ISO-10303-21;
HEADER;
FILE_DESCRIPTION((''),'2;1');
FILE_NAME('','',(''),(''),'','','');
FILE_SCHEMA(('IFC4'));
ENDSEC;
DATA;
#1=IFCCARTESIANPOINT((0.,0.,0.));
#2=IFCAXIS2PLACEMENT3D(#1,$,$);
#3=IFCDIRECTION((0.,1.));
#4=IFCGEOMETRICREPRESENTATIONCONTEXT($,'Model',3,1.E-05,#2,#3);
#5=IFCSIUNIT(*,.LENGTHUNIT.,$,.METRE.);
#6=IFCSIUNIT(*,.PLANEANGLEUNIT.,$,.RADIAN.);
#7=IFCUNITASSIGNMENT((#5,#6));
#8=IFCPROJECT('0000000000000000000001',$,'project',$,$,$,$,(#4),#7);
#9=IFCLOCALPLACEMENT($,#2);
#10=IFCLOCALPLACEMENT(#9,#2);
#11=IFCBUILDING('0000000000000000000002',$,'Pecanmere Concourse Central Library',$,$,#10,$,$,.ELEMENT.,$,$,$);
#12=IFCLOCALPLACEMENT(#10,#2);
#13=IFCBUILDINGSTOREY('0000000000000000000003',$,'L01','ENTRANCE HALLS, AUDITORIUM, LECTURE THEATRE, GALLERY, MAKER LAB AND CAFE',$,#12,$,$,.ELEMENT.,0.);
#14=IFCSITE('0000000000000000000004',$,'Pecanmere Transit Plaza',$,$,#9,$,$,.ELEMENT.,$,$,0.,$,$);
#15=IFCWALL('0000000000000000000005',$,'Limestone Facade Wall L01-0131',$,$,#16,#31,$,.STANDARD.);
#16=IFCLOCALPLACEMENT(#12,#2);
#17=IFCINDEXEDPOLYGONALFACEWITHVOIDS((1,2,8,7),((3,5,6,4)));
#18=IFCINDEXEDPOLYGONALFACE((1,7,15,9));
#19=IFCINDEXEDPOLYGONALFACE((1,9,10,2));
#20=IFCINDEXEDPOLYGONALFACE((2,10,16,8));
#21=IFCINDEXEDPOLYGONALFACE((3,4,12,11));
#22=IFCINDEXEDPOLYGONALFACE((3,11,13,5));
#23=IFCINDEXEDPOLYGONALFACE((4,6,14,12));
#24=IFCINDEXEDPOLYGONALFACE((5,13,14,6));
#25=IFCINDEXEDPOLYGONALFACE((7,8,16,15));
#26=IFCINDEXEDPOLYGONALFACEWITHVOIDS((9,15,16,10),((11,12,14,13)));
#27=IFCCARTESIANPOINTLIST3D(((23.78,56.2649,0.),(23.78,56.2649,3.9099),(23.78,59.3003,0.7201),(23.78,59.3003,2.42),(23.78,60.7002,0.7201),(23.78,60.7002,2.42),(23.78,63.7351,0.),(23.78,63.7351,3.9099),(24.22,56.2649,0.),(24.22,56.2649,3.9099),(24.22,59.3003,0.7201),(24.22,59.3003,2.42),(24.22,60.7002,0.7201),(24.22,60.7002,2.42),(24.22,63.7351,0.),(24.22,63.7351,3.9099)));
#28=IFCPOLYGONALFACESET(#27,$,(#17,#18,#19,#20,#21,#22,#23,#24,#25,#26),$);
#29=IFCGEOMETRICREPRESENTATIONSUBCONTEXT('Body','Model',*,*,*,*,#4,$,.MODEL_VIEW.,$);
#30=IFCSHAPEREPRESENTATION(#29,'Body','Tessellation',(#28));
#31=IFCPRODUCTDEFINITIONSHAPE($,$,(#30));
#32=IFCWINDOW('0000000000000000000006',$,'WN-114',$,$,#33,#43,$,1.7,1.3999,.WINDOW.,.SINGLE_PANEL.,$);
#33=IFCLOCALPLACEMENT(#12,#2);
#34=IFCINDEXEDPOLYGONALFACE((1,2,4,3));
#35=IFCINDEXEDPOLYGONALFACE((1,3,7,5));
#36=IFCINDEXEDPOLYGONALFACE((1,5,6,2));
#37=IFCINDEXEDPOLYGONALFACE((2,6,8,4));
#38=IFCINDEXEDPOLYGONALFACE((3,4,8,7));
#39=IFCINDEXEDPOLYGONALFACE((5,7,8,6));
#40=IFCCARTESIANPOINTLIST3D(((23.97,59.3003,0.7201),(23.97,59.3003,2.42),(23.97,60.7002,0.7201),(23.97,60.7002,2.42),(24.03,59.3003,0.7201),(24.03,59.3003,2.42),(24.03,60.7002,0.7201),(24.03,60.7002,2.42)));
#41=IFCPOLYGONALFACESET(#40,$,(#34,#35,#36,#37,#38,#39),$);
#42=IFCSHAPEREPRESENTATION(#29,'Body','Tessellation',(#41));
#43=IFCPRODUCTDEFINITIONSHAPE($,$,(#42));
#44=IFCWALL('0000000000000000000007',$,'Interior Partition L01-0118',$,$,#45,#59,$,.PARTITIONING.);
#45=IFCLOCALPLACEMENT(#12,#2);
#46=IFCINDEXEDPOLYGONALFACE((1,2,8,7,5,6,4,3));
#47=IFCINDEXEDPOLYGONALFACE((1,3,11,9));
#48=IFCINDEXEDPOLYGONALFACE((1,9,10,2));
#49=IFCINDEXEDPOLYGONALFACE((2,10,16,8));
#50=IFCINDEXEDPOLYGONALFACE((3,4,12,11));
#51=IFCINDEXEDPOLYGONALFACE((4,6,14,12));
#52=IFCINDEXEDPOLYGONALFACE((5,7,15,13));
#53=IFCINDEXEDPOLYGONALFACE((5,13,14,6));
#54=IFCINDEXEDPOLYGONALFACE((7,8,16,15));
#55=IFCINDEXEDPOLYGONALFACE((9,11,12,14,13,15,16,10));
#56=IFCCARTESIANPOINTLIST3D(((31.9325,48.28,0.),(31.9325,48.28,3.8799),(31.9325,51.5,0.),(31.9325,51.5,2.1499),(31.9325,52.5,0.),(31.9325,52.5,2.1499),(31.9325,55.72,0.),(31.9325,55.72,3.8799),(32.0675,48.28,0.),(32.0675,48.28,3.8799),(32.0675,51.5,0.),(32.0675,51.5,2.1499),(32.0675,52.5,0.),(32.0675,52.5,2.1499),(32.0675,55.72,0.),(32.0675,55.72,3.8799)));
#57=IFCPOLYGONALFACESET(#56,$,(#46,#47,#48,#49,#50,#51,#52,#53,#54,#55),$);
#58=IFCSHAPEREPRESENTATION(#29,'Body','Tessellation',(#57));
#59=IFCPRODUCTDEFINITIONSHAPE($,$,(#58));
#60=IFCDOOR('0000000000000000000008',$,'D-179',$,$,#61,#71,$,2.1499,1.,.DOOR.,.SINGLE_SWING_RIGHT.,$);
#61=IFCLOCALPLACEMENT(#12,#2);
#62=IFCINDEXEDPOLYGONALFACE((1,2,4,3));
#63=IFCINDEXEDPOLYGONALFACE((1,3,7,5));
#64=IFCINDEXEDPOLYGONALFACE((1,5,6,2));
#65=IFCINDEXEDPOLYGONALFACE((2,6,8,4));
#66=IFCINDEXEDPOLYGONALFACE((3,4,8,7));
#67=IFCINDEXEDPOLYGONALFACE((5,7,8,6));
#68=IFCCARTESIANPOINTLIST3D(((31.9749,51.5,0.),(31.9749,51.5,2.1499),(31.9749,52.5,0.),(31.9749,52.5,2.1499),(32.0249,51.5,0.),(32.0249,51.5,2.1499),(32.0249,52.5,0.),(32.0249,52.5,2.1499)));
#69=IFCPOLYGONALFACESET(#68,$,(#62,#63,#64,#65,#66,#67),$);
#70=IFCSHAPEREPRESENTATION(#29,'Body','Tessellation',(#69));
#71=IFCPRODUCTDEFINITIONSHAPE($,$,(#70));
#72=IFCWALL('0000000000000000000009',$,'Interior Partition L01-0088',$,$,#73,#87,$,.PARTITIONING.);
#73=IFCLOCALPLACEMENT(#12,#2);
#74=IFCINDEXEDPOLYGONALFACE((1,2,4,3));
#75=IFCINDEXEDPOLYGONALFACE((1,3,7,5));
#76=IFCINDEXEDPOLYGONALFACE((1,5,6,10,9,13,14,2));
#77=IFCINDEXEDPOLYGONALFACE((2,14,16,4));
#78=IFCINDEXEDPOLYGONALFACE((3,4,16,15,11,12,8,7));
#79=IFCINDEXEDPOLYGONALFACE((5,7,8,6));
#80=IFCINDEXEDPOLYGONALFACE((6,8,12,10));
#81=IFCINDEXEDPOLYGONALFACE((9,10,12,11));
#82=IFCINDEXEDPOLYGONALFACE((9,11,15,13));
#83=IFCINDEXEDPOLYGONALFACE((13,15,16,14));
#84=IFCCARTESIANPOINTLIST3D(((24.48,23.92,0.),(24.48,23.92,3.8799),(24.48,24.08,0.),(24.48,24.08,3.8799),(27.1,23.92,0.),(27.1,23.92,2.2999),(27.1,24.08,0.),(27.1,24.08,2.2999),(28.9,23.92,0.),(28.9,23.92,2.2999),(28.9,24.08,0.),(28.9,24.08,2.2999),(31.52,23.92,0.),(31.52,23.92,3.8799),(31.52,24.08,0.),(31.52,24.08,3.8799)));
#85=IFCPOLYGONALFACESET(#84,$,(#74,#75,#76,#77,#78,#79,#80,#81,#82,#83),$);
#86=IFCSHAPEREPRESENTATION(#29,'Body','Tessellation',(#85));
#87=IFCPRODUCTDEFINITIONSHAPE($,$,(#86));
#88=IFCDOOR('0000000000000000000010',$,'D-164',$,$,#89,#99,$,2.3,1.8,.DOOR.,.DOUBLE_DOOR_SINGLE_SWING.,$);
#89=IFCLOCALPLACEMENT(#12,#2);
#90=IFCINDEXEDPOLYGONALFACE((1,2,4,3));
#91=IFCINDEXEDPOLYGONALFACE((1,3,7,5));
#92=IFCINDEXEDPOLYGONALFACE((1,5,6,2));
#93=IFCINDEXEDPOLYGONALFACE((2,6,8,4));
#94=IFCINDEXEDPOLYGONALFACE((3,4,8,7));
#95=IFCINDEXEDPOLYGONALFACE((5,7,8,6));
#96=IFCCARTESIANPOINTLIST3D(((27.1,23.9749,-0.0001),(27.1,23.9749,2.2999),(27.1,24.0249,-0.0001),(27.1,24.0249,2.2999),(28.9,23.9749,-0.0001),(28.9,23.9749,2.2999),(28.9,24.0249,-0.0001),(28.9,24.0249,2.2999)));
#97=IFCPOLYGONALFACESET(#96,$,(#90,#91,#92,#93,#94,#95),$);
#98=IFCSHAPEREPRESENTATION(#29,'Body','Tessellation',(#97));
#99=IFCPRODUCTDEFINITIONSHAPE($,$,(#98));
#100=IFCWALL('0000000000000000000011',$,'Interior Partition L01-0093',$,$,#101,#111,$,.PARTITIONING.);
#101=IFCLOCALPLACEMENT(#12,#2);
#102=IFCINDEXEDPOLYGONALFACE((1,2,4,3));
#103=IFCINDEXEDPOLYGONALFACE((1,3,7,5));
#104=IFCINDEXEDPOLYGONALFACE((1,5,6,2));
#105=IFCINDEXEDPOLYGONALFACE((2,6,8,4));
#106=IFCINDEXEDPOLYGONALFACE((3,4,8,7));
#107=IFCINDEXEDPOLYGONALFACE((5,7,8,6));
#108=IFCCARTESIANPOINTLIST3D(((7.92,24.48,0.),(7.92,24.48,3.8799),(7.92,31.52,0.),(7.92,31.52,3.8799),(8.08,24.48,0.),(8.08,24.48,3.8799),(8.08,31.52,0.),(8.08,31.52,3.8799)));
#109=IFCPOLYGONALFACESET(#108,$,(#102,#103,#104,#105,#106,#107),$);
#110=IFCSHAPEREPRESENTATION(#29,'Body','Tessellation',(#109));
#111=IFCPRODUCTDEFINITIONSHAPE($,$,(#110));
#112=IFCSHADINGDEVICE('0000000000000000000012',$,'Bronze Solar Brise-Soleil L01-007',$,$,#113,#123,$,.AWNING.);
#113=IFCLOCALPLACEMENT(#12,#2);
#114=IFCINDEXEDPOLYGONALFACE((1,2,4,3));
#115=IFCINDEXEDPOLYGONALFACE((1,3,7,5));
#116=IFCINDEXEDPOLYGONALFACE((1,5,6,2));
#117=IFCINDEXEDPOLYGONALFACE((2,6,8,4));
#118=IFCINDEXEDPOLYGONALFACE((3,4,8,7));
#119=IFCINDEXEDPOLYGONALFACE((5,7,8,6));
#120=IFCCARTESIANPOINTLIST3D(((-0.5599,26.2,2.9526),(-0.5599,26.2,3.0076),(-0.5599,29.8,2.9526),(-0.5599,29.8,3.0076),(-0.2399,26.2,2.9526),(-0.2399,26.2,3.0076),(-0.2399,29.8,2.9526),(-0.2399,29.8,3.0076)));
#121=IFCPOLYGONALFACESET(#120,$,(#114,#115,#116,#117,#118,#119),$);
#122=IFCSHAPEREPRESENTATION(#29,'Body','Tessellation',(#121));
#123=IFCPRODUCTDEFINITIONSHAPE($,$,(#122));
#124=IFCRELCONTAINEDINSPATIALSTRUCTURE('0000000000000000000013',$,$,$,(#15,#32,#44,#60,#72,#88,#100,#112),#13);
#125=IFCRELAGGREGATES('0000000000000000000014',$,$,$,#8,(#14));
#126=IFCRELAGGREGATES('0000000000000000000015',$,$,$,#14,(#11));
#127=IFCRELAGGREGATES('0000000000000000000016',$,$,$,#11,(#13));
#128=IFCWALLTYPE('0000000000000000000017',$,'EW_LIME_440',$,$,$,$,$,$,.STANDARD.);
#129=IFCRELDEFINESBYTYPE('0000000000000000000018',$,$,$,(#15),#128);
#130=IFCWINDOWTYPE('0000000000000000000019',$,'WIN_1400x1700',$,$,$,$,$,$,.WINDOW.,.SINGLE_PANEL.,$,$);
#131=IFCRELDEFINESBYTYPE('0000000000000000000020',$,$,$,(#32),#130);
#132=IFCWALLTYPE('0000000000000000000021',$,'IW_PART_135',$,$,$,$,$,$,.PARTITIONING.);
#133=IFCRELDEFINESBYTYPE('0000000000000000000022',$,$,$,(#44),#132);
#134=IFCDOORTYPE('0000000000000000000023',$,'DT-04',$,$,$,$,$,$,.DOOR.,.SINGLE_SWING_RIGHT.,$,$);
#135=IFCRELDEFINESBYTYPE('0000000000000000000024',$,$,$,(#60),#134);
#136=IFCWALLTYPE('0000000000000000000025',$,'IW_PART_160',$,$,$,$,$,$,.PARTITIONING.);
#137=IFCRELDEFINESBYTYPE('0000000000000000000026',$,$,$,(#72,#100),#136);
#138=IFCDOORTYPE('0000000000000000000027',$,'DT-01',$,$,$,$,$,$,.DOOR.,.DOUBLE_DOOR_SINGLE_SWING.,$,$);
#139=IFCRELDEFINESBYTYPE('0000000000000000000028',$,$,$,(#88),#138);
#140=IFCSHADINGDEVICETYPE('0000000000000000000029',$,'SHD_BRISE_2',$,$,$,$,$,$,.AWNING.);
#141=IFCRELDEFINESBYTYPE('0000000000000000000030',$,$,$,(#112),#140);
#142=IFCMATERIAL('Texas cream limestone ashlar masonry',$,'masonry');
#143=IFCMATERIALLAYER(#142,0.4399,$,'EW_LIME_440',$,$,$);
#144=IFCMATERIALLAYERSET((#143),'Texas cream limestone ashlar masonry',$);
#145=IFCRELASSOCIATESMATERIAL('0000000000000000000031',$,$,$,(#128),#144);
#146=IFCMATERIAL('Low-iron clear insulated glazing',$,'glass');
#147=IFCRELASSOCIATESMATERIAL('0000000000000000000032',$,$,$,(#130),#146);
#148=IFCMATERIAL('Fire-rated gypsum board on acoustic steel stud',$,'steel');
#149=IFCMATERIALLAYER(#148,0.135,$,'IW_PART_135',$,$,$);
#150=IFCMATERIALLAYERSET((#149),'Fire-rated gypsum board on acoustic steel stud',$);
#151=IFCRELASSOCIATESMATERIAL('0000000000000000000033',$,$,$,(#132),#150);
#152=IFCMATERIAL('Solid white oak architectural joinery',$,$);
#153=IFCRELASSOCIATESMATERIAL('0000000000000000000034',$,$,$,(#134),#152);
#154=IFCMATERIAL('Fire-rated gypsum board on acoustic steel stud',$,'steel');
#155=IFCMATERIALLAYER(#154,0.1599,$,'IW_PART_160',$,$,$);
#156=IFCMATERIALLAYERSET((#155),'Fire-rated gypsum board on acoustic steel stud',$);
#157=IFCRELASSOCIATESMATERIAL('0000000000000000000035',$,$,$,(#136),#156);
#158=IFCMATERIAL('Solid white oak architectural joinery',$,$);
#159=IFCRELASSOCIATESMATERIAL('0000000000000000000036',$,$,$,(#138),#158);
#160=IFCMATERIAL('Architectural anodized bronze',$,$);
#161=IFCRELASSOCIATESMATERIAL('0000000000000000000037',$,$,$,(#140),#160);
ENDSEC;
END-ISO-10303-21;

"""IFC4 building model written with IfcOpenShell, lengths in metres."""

from ifc_helpers import new_model, si_unit, direction, frame, frame_2d, origin, origin_2d, place, context, subcontext, project, spatial, rectangle, extrude, material, layer, layer_set, type_object, element, fill, save


model = new_model("IFC4")

# Units and contexts
model_context = context("Model", 3, precision=1e-05, world=origin(), true_north=direction((0.0, 1.0)))
body_context = subcontext(model_context, "Body", "Model", "MODEL_VIEW")
ifc_project = project(units=[si_unit("LENGTHUNIT", "METRE"), si_unit("PLANEANGLEUNIT", "RADIAN")], contexts=[model_context])

# Site, building, storey
site_placement = place(None, origin())
site = spatial("IfcSite", under=ifc_project, at=site_placement, Name="Pecanmere Transit Plaza", CompositionType="ELEMENT", RefElevation=0.0)
building_placement = place(site_placement, origin())
building = spatial("IfcBuilding", under=site, at=building_placement, Name="Pecanmere Concourse Central Library", CompositionType="ELEMENT")
storey_placement = place(building_placement, origin())
storey = spatial("IfcBuildingStorey", under=building, at=storey_placement, Name="L01", Description="ENTRANCE HALLS, AUDITORIUM, LECTURE THEATRE, GALLERY, MAKER LAB AND CAFE", CompositionType="ELEMENT", Elevation=0.0)

# Shared definitions
ifc_material_1 = material(Name="Texas cream limestone ashlar masonry", Category="masonry")
ifc_layer_1 = layer(ifc_material_1, 0.4399, Name="EW_LIME_440")
ifc_layer_set_1 = layer_set([ifc_layer_1], Name="Texas cream limestone ashlar masonry")
wall_type_1 = type_object("IfcWallType", Name="EW_LIME_440", PredefinedType="STANDARD", material=ifc_layer_set_1)

# Wall, opening, window
wall_1_placement = place(storey_placement, frame((24.0, 63.7351, 0.0), z_axis=(0.0, 0.0, 1.0), x_axis=(0.0, -1.0, 0.0)))
wall_1 = element("IfcWall", 1, at=wall_1_placement, inside=storey, type_object=wall_type_1, Name="Limestone Facade Wall L01-0131", PredefinedType="STANDARD", context=body_context, shape_type="SweptSolid", body=[
    extrude(rectangle(XDim=7.4702, YDim=0.4399, at=frame_2d((3.7351, 0.0))), origin(), (0.0, 0.0, 1.0), 3.9099),
])
opening_1_placement = place(wall_1_placement, frame((3.0349, 0.0, 0.72)))
opening_1 = element("IfcOpeningElement", 2, at=opening_1_placement, cuts=wall_1, PredefinedType="OPENING", context=body_context, shape_type="SweptSolid", body=[
    extrude(rectangle(XDim=1.3999, YDim=1.7, at=frame_2d((0.7, 0.8501))), frame((0.0, 0.2319, 0.0), z_axis=(0.0, -1.0, 0.0), x_axis=(1.0, 0.0, 0.0)), (0.0, 0.0, 1.0), 0.4639),
])
ifc_material_2 = material(Name="Low-iron clear insulated glazing", Category="glass")
window_type_1 = type_object("IfcWindowType", Name="WIN_1400x1700", PartitioningType="SINGLE_PANEL", PredefinedType="WINDOW", material=ifc_material_2)
window_1_placement = place(opening_1_placement, origin())
window_1 = element("IfcWindow", 3, at=window_1_placement, inside=storey, type_object=window_type_1, Name="WN-114", OverallHeight=1.7, OverallWidth=1.3999, PartitioningType="SINGLE_PANEL", PredefinedType="WINDOW", context=body_context, shape_type="SweptSolid", body=[
    extrude(rectangle(XDim=1.3999, YDim=1.7, at=frame_2d((0.7, 0.8501))), frame((0.0, 0.03, 0.0), z_axis=(0.0, -1.0, 0.0), x_axis=(1.0, 0.0, 0.0)), (0.0, 0.0, 1.0), 0.0601),
])
fill(opening_1, window_1)

# Walls, openings, doors
ifc_material_3 = material(Name="Fire-rated gypsum board on acoustic steel stud", Category="steel")
ifc_layer_2 = layer(ifc_material_3, 0.135, Name="IW_PART_135")
ifc_layer_set_2 = layer_set([ifc_layer_2], Name="Fire-rated gypsum board on acoustic steel stud")
wall_type_2 = type_object("IfcWallType", Name="IW_PART_135", PredefinedType="PARTITIONING", material=ifc_layer_set_2)
wall_2_placement = place(storey_placement, frame((32.0, 48.28, 0.0), z_axis=(0.0, 0.0, 1.0), x_axis=(0.0, 1.0, 0.0)))
wall_2 = element("IfcWall", 4, at=wall_2_placement, inside=storey, type_object=wall_type_2, Name="Interior Partition L01-0118", PredefinedType="PARTITIONING", context=body_context, shape_type="SweptSolid", body=[
    extrude(rectangle(XDim=7.4399, YDim=0.135, at=frame_2d((3.72, 0.0))), origin(), (0.0, 0.0, 1.0), 3.8799),
])
opening_2_placement = place(wall_2_placement, frame((3.22, 0.0, 0.0)))
opening_2 = element("IfcOpeningElement", 5, at=opening_2_placement, cuts=wall_2, PredefinedType="OPENING", context=body_context, shape_type="SweptSolid", body=[
    extrude(rectangle(XDim=1.0, YDim=2.1499, at=frame_2d((0.5, 1.075))), frame((0.0, 0.0796, 0.0), z_axis=(0.0, -1.0, 0.0), x_axis=(1.0, 0.0, 0.0)), (0.0, 0.0, 1.0), 0.1589),
])
ifc_material_4 = material(Name="Solid white oak architectural joinery")
door_type_1 = type_object("IfcDoorType", Name="DT-04", OperationType="SINGLE_SWING_RIGHT", PredefinedType="DOOR", material=ifc_material_4)
door_1_placement = place(opening_2_placement, frame((1.0, 0.0, 0.0), z_axis=(0.0, 0.0, 1.0), x_axis=(-1.0, 0.0, 0.0)))
door_1 = element("IfcDoor", 6, at=door_1_placement, inside=storey, type_object=door_type_1, Name="D-179", OperationType="SINGLE_SWING_RIGHT", OverallHeight=2.1499, OverallWidth=1.0, PredefinedType="DOOR", context=body_context, shape_type="SweptSolid", body=[
    extrude(rectangle(XDim=1.0, YDim=2.1499, at=frame_2d((0.5, 1.075))), frame((0.0, 0.0249, 0.0), z_axis=(0.0, -1.0, 0.0), x_axis=(1.0, 0.0, 0.0)), (0.0, 0.0, 1.0), 0.05),
])
fill(opening_2, door_1)
ifc_material_5 = material(Name="Fire-rated gypsum board on acoustic steel stud", Category="steel")
ifc_layer_3 = layer(ifc_material_5, 0.1599, Name="IW_PART_160")
ifc_layer_set_3 = layer_set([ifc_layer_3], Name="Fire-rated gypsum board on acoustic steel stud")
wall_type_3 = type_object("IfcWallType", Name="IW_PART_160", PredefinedType="PARTITIONING", material=ifc_layer_set_3)
wall_3_placement = place(storey_placement, frame((24.48, 24.0, 0.0), z_axis=(0.0, 0.0, 1.0), x_axis=(1.0, 0.0, 0.0)))
wall_3 = element("IfcWall", 7, at=wall_3_placement, inside=storey, type_object=wall_type_3, Name="Interior Partition L01-0088", PredefinedType="PARTITIONING", context=body_context, shape_type="SweptSolid", body=[
    extrude(rectangle(XDim=7.04, YDim=0.1599, at=frame_2d((3.52, 0.0))), origin(), (0.0, 0.0, 1.0), 3.8799),
])
opening_3_placement = place(wall_3_placement, frame((2.6201, 0.0, 0.0)))
opening_3 = element("IfcOpeningElement", 8, at=opening_3_placement, cuts=wall_3, PredefinedType="OPENING", context=body_context, shape_type="SweptSolid", body=[
    extrude(rectangle(XDim=1.8, YDim=2.3, at=frame_2d((0.8999, 1.1499))), frame((0.0, 0.0918, 0.0), z_axis=(0.0, -1.0, 0.0), x_axis=(1.0, 0.0, 0.0)), (0.0, 0.0, 1.0), 0.1838),
])
ifc_material_6 = material(Name="Solid white oak architectural joinery")
door_type_2 = type_object("IfcDoorType", Name="DT-01", OperationType="DOUBLE_DOOR_SINGLE_SWING", PredefinedType="DOOR", material=ifc_material_6)
door_2_placement = place(opening_3_placement, origin())
door_2 = element("IfcDoor", 9, at=door_2_placement, inside=storey, type_object=door_type_2, Name="D-164", OperationType="DOUBLE_DOOR_SINGLE_SWING", OverallHeight=2.3, OverallWidth=1.8, PredefinedType="DOOR", context=body_context, shape_type="SweptSolid", body=[
    extrude(rectangle(XDim=1.8, YDim=2.3, at=frame_2d((0.8999, 1.1499))), frame((0.0, 0.0249, 0.0), z_axis=(0.0, -1.0, 0.0), x_axis=(1.0, 0.0, 0.0)), (0.0, 0.0, 1.0), 0.05),
])
fill(opening_3, door_2)

# Wall
wall_4_placement = place(storey_placement, frame((8.0, 24.48, 0.0), z_axis=(0.0, 0.0, 1.0), x_axis=(0.0, 1.0, 0.0)))
element("IfcWall", 10, at=wall_4_placement, inside=storey, type_object=wall_type_3, Name="Interior Partition L01-0093", PredefinedType="PARTITIONING", context=body_context, shape_type="SweptSolid", body=[
    extrude(rectangle(XDim=7.04, YDim=0.1599, at=frame_2d((3.52, 0.0))), origin(), (0.0, 0.0, 1.0), 3.8799),
])

# Shading device
ifc_material_7 = material(Name="Architectural anodized bronze")
shading_device_type = type_object("IfcShadingDeviceType", Name="SHD_BRISE_2", PredefinedType="AWNING", material=ifc_material_7)
shading_device_placement = place(storey_placement, frame((-0.3999, 28.0, 2.9526), z_axis=(0.0, 0.0, 1.0), x_axis=(0.0, -1.0, 0.0)))
element("IfcShadingDevice", 11, at=shading_device_placement, inside=storey, type_object=shading_device_type, Name="Bronze Solar Brise-Soleil L01-007", PredefinedType="AWNING", context=body_context, shape_type="SweptSolid", body=[
    extrude(rectangle(XDim=3.6001, YDim=0.3201, at=origin_2d()), origin(), (0.0, 0.0, 1.0), 0.0549),
])

save(model, "model.ifc")
